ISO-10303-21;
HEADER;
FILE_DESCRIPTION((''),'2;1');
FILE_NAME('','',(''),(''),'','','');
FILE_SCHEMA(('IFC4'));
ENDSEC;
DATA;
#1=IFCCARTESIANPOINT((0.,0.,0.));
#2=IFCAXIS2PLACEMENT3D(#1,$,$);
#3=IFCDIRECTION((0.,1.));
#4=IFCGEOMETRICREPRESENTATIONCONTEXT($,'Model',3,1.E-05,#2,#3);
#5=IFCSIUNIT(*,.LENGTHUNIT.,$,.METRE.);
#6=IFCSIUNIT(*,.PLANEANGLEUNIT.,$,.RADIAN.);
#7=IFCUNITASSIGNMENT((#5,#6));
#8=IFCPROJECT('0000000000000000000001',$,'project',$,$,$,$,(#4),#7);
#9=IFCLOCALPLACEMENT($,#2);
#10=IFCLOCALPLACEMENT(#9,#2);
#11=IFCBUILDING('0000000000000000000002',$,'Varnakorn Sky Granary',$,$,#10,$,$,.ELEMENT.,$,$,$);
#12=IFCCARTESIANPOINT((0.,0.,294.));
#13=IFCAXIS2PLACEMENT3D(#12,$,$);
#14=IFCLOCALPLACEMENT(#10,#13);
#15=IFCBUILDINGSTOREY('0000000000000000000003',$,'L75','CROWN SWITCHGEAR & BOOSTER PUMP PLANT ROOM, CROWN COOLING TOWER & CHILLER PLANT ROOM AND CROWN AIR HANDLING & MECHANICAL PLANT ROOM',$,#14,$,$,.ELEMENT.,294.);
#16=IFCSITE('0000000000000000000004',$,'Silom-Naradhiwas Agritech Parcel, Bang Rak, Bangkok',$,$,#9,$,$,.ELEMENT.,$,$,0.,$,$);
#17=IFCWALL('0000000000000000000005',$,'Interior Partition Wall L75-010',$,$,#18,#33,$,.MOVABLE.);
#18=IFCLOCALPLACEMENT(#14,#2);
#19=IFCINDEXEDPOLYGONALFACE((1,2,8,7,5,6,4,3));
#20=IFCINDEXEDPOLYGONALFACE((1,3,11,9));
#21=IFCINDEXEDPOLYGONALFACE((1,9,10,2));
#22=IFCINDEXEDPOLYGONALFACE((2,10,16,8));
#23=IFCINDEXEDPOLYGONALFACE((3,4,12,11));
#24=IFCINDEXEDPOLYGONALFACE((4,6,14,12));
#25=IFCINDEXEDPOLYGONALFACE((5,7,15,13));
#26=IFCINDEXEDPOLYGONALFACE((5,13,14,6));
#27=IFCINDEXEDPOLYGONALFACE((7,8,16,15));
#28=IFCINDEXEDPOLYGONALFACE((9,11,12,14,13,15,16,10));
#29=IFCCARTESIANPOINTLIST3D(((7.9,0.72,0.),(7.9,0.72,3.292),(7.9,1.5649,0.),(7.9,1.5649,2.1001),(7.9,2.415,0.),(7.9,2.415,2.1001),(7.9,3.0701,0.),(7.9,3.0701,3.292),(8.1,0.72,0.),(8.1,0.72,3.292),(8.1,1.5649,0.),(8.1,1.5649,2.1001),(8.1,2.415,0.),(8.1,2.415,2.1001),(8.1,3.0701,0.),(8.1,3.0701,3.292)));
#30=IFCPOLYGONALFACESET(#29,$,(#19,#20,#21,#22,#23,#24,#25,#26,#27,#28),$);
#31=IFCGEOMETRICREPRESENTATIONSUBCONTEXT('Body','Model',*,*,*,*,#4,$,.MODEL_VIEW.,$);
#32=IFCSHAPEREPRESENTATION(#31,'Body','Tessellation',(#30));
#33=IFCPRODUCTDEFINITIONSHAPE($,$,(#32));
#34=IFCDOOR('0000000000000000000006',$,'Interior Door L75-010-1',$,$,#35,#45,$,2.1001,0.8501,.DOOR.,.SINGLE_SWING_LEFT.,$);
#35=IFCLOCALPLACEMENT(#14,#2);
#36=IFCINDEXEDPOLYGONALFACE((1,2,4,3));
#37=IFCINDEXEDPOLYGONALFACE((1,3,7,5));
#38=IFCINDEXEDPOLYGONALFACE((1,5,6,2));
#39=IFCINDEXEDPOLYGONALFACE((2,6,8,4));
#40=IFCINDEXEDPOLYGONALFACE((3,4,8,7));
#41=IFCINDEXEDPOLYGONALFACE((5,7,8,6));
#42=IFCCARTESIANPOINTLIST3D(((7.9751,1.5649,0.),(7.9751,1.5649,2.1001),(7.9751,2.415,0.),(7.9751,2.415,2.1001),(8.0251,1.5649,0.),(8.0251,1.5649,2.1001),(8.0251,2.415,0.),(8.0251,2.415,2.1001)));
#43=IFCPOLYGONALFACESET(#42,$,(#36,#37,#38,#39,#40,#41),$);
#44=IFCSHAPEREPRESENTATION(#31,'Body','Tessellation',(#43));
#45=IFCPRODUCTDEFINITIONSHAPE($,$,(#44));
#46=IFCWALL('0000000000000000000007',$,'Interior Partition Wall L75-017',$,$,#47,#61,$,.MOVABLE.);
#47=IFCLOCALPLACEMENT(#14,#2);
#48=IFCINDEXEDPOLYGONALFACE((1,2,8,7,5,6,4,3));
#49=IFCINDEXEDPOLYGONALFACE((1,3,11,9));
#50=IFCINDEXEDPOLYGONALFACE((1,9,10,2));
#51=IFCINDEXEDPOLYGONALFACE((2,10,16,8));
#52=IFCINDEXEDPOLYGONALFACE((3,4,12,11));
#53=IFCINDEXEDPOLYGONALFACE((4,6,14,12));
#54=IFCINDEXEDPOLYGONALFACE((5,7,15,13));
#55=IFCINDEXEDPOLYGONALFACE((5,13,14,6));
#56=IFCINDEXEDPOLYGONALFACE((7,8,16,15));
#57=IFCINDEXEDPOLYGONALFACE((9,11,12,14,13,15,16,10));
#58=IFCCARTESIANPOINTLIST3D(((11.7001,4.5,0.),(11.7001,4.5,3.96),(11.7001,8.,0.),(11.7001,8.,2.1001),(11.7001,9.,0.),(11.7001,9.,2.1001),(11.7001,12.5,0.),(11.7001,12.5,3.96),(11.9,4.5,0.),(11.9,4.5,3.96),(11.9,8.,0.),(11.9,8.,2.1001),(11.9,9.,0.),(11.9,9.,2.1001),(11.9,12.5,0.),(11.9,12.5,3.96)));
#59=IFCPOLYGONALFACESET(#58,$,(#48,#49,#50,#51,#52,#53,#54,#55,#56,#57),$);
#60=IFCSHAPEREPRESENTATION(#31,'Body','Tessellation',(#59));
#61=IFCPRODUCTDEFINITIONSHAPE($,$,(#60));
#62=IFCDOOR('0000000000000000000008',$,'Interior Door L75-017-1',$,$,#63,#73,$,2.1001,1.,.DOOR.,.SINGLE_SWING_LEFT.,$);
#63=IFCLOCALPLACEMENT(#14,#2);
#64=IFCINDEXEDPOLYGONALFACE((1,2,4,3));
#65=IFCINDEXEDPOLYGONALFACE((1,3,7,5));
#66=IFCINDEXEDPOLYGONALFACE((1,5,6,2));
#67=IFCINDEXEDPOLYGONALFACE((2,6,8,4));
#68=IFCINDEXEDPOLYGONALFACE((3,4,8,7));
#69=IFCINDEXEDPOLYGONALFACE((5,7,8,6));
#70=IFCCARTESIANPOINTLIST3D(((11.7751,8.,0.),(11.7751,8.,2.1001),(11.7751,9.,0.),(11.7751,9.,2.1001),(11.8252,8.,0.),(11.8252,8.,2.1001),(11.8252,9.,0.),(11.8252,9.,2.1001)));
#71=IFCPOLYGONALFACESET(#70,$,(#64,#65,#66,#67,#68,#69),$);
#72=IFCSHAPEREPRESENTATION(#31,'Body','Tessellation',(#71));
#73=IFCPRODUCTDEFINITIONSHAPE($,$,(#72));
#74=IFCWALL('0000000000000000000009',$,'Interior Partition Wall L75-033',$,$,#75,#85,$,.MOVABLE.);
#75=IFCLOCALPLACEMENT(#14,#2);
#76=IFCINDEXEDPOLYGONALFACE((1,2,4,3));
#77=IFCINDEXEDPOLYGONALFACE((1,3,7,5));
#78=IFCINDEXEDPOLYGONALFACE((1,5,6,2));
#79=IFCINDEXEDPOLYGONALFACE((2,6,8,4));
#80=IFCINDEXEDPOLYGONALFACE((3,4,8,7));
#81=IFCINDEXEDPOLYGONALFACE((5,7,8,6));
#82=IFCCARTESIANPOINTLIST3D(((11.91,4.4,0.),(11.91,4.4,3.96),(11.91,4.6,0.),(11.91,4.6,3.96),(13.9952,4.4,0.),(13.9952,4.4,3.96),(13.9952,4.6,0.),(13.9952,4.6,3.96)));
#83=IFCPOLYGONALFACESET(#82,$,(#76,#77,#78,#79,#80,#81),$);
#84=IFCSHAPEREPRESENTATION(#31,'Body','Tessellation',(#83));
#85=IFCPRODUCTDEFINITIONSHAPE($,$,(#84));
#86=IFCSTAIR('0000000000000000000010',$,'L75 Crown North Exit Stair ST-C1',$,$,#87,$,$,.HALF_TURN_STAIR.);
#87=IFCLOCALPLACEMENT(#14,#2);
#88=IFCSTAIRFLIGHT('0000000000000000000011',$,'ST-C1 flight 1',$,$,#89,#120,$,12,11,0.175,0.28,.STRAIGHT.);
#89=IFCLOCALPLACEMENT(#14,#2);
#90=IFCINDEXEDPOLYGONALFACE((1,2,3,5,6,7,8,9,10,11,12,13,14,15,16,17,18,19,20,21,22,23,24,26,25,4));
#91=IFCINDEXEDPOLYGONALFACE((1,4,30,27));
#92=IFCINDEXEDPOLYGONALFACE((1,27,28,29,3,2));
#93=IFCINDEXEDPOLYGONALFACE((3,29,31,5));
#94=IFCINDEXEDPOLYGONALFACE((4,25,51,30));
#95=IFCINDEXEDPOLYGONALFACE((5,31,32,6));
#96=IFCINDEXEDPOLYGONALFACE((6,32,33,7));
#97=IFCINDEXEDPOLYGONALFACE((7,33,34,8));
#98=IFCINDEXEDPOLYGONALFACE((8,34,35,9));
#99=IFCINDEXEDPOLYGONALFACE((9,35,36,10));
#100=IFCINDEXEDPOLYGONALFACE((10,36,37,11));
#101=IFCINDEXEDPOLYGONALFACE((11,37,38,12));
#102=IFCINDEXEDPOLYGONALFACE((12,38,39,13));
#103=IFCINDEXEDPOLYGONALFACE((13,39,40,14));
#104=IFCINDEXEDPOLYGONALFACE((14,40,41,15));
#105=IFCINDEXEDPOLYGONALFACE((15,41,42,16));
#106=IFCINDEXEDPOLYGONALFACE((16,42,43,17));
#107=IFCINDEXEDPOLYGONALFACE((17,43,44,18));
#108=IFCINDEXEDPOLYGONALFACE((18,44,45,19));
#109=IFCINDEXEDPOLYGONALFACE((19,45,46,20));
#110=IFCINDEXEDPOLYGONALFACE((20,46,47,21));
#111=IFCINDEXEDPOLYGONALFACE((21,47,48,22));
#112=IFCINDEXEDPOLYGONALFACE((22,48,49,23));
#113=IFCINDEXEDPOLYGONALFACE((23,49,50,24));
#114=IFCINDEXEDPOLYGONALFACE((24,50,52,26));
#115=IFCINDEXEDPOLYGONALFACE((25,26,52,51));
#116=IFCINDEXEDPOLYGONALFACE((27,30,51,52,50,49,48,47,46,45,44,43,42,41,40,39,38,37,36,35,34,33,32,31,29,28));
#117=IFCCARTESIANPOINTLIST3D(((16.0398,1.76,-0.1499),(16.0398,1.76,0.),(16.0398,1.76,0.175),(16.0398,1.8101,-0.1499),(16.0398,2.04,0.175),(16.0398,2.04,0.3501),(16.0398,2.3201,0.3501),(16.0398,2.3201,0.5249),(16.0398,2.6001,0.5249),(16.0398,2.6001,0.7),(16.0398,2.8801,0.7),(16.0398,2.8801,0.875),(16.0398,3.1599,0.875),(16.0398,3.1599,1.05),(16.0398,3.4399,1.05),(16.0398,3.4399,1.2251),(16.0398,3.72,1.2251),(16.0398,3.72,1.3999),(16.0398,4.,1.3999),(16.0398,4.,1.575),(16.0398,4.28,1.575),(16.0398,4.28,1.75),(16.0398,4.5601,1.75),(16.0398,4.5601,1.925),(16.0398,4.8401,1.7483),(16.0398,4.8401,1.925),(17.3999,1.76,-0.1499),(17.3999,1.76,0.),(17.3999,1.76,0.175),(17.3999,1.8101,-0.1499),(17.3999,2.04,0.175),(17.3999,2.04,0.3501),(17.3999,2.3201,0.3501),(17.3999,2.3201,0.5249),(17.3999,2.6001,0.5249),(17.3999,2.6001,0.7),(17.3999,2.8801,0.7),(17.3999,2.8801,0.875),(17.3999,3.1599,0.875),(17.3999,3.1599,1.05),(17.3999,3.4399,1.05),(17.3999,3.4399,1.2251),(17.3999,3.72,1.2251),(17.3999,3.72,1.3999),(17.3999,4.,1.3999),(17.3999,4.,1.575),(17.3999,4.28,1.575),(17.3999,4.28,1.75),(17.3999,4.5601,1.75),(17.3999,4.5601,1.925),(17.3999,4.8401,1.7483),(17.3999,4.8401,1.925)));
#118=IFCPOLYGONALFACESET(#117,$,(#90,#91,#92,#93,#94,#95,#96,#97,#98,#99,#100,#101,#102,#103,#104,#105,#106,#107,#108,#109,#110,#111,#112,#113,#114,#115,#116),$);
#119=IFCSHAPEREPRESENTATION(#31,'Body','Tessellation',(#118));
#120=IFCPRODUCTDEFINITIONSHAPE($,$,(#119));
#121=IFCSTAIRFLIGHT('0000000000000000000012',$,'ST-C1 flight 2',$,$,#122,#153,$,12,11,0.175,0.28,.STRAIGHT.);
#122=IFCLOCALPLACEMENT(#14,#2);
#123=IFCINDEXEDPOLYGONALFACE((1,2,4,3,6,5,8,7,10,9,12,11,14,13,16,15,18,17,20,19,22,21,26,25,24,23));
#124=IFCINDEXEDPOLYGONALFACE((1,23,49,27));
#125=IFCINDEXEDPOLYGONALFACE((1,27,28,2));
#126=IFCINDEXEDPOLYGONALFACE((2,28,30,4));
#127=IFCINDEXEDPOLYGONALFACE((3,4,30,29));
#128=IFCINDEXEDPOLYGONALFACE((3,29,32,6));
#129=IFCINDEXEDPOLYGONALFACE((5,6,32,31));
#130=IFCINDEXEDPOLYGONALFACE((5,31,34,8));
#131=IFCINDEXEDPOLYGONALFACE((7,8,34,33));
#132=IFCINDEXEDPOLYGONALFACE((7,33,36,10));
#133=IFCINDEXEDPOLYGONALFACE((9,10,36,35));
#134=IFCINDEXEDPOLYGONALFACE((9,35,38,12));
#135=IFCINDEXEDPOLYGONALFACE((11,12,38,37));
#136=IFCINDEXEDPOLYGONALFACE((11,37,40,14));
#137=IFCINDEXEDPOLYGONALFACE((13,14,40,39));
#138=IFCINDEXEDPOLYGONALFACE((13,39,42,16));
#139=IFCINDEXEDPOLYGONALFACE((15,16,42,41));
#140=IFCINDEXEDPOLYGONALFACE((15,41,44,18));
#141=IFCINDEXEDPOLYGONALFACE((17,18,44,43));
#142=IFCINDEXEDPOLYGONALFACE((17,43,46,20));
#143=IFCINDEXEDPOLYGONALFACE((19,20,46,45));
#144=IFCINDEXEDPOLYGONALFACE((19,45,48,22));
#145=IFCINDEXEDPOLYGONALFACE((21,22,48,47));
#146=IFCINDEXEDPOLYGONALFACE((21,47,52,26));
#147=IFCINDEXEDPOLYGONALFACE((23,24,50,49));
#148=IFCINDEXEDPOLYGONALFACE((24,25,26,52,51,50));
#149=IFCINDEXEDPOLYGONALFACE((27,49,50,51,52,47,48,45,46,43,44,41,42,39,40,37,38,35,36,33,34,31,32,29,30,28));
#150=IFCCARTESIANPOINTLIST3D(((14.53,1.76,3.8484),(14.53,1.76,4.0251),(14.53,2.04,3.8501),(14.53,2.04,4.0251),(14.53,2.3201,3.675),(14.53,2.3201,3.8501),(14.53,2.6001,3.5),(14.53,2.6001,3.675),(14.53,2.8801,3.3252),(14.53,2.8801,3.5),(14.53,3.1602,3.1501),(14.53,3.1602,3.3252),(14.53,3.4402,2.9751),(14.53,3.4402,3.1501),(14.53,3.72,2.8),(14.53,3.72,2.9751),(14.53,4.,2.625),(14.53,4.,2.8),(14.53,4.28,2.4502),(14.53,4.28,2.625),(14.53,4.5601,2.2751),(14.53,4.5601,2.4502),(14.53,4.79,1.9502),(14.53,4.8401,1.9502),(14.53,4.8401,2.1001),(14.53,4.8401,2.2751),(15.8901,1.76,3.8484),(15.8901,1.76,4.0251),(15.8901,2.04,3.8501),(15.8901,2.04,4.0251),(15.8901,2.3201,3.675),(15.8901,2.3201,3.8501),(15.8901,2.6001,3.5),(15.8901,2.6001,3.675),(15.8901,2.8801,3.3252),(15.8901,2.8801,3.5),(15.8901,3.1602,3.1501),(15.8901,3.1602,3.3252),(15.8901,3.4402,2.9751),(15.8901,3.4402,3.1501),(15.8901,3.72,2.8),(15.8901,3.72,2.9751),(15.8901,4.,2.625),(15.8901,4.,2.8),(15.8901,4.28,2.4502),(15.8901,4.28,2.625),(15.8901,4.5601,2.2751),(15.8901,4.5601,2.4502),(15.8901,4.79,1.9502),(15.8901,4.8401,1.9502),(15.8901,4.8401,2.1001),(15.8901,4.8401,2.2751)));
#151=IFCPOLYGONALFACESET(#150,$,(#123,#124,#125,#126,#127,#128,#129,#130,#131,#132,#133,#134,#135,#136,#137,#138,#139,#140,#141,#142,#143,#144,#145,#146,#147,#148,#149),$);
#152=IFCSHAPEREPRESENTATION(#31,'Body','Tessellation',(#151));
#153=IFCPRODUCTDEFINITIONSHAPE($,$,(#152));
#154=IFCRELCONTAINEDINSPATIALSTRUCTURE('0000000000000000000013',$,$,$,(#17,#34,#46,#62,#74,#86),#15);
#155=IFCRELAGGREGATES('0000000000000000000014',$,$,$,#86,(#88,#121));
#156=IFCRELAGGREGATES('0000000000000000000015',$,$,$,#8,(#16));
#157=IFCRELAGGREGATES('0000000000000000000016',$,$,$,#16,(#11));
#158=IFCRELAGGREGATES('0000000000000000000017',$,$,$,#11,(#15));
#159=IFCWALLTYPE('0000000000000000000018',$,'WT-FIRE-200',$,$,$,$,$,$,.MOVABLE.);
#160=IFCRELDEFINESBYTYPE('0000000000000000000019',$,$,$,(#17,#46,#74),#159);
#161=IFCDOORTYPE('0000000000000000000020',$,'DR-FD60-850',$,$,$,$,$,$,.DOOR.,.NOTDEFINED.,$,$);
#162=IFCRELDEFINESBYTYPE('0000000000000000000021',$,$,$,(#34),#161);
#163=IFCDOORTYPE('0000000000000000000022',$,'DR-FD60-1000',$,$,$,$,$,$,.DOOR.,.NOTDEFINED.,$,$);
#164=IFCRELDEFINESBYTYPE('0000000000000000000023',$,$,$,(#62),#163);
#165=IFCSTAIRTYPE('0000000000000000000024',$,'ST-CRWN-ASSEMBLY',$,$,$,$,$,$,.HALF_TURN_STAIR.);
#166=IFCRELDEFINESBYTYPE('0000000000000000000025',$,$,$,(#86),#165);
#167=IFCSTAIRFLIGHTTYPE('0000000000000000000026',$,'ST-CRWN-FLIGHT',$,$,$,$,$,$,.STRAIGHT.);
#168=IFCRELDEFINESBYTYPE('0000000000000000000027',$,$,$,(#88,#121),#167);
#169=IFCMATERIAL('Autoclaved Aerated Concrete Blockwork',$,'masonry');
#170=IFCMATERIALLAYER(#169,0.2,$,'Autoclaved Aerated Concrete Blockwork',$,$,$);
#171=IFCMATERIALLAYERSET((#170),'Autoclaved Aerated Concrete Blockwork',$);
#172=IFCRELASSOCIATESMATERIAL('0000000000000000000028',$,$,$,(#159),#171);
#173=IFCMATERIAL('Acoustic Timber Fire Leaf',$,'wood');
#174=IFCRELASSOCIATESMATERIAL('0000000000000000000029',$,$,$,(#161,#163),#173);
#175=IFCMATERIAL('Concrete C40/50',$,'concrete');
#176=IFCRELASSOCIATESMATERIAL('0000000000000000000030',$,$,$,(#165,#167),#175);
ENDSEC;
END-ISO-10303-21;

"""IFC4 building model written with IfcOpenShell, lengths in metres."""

from ifc_helpers import new_model, si_unit, direction, frame, frame_2d, origin, place, context, subcontext, project, spatial, polyline, rectangle, outline, extrude, material, layer, layer_set, type_object, element, fill, aggregate, save


model = new_model("IFC4")

# Units and contexts
model_context = context("Model", 3, precision=1e-05, world=origin(), true_north=direction((0.0, 1.0)))
body_context = subcontext(model_context, "Body", "Model", "MODEL_VIEW")
ifc_project = project(units=[si_unit("LENGTHUNIT", "METRE"), si_unit("PLANEANGLEUNIT", "RADIAN")], contexts=[model_context])

# Site, building, storey
site_placement = place(None, origin())
site = spatial("IfcSite", under=ifc_project, at=site_placement, Name="Silom-Naradhiwas Agritech Parcel, Bang Rak, Bangkok", CompositionType="ELEMENT", RefElevation=0.0)
building_placement = place(site_placement, origin())
building = spatial("IfcBuilding", under=site, at=building_placement, Name="Varnakorn Sky Granary", CompositionType="ELEMENT")
storey_placement = place(building_placement, frame((0.0, 0.0, 294.0)))
storey = spatial("IfcBuildingStorey", under=building, at=storey_placement, Name="L75", Description="CROWN SWITCHGEAR & BOOSTER PUMP PLANT ROOM, CROWN COOLING TOWER & CHILLER PLANT ROOM AND CROWN AIR HANDLING & MECHANICAL PLANT ROOM", CompositionType="ELEMENT", Elevation=294.0)

# Walls, openings, doors
ifc_material_1 = material(Name="Autoclaved Aerated Concrete Blockwork", Category="masonry")
ifc_layer_1 = layer(ifc_material_1, 0.2, Name="Autoclaved Aerated Concrete Blockwork")
ifc_layer_set_1 = layer_set([ifc_layer_1], Name="Autoclaved Aerated Concrete Blockwork")
wall_type_1 = type_object("IfcWallType", Name="WT-FIRE-200", PredefinedType="MOVABLE", material=ifc_layer_set_1)
wall_1_placement = place(storey_placement, frame((8.0, 0.72, 0.0), z_axis=(0.0, 0.0, 1.0), x_axis=(0.0, 1.0, 0.0)))
wall_1 = element("IfcWall", 1, at=wall_1_placement, inside=storey, type_object=wall_type_1, Name="Interior Partition Wall L75-010", PredefinedType="MOVABLE", context=body_context, shape_type="SweptSolid", body=[
    extrude(rectangle(XDim=2.3501, YDim=0.2, at=frame_2d((1.175, 0.0))), origin(), (0.0, 0.0, 1.0), 3.292),
])
opening_1_placement = place(wall_1_placement, frame((0.845, 0.0, 0.0)))
opening_1 = element("IfcOpeningElement", 2, at=opening_1_placement, cuts=wall_1, PredefinedType="OPENING", context=body_context, shape_type="SweptSolid", body=[
    extrude(rectangle(XDim=0.8501, YDim=2.1001, at=frame_2d((0.425, 1.05))), frame((0.0, 0.1099, 0.0), z_axis=(0.0, -1.0, 0.0), x_axis=(1.0, 0.0, 0.0)), (0.0, 0.0, 1.0), 0.22),
])
ifc_material_2 = material(Name="Acoustic Timber Fire Leaf", Category="wood")
door_type_1 = type_object("IfcDoorType", Name="DR-FD60-850", OperationType="NOTDEFINED", PredefinedType="DOOR", material=ifc_material_2)
door_1_placement = place(opening_1_placement, origin())
door_1 = element("IfcDoor", 3, at=door_1_placement, inside=storey, type_object=door_type_1, Name="Interior Door L75-010-1", OperationType="SINGLE_SWING_LEFT", OverallHeight=2.1001, OverallWidth=0.8501, PredefinedType="DOOR", context=body_context, shape_type="SweptSolid", body=[
    extrude(rectangle(XDim=0.8501, YDim=2.1001, at=frame_2d((0.425, 1.05))), frame((0.0, 0.0249, 0.0), z_axis=(0.0, -1.0, 0.0), x_axis=(1.0, 0.0, 0.0)), (0.0, 0.0, 1.0), 0.05),
])
fill(opening_1, door_1)
wall_2_placement = place(storey_placement, frame((11.8, 4.5, 0.0), z_axis=(0.0, 0.0, 1.0), x_axis=(0.0, 1.0, 0.0)))
wall_2 = element("IfcWall", 4, at=wall_2_placement, inside=storey, type_object=wall_type_1, Name="Interior Partition Wall L75-017", PredefinedType="MOVABLE", context=body_context, shape_type="SweptSolid", body=[
    extrude(rectangle(XDim=8.0, YDim=0.2, at=frame_2d((4.0, 0.0))), origin(), (0.0, 0.0, 1.0), 3.96),
])
opening_2_placement = place(wall_2_placement, frame((3.5, 0.0, 0.0)))
opening_2 = element("IfcOpeningElement", 5, at=opening_2_placement, cuts=wall_2, PredefinedType="OPENING", context=body_context, shape_type="SweptSolid", body=[
    extrude(rectangle(XDim=1.0, YDim=2.1001, at=frame_2d((0.5, 1.05))), frame((0.0, 0.1099, 0.0), z_axis=(0.0, -1.0, 0.0), x_axis=(1.0, 0.0, 0.0)), (0.0, 0.0, 1.0), 0.22),
])
door_type_2 = type_object("IfcDoorType", Name="DR-FD60-1000", OperationType="NOTDEFINED", PredefinedType="DOOR", material=ifc_material_2)
door_2_placement = place(opening_2_placement, origin())
door_2 = element("IfcDoor", 6, at=door_2_placement, inside=storey, type_object=door_type_2, Name="Interior Door L75-017-1", OperationType="SINGLE_SWING_LEFT", OverallHeight=2.1001, OverallWidth=1.0, PredefinedType="DOOR", context=body_context, shape_type="SweptSolid", body=[
    extrude(rectangle(XDim=1.0, YDim=2.1001, at=frame_2d((0.5, 1.05))), frame((0.0, 0.0249, 0.0), z_axis=(0.0, -1.0, 0.0), x_axis=(1.0, 0.0, 0.0)), (0.0, 0.0, 1.0), 0.05),
])
fill(opening_2, door_2)

# Wall
wall_3_placement = place(storey_placement, frame((13.9951, 4.5, 0.0), z_axis=(0.0, 0.0, 1.0), x_axis=(-1.0, 0.0, 0.0)))
element("IfcWall", 7, at=wall_3_placement, inside=storey, type_object=wall_type_1, Name="Interior Partition Wall L75-033", PredefinedType="MOVABLE", context=body_context, shape_type="SweptSolid", body=[
    extrude(rectangle(XDim=2.0852, YDim=0.2, at=frame_2d((1.0425, 0.0))), origin(), (0.0, 0.0, 1.0), 3.96),
])

# Stair, stair flights
ifc_material_3 = material(Name="Concrete C40/50", Category="concrete")
stair_type = type_object("IfcStairType", Name="ST-CRWN-ASSEMBLY", PredefinedType="HALF_TURN_STAIR", material=ifc_material_3)
stair_placement = place(storey_placement, origin())
stair = element("IfcStair", 8, at=stair_placement, inside=storey, type_object=stair_type, Name="L75 Crown North Exit Stair ST-C1", PredefinedType="HALF_TURN_STAIR")
stair_flight_type = type_object("IfcStairFlightType", Name="ST-CRWN-FLIGHT", PredefinedType="STRAIGHT", material=ifc_material_3)
stair_flight_1_placement = place(storey_placement, frame((16.72, 1.76, 0.0), z_axis=(0.0, 0.0, 1.0), x_axis=(0.0, 1.0, 0.0)))
stair_flight_1 = element("IfcStairFlight", 9, at=stair_flight_1_placement, type_object=stair_flight_type, Name="ST-C1 flight 1", NumberOfRisers=12, NumberOfTreads=11, PredefinedType="STRAIGHT", RiserHeight=0.175, TreadLength=0.28, context=body_context, shape_type="SweptSolid", body=[
    extrude(outline(polyline([(0.0, -0.1499), (0.0, 0.0), (0.0, 0.175), (0.28, 0.175), (0.28, 0.3501), (0.5601, 0.3501), (0.5601, 0.5249), (0.8401, 0.5249), (0.8401, 0.7), (1.1201, 0.7), (1.1201, 0.875), (1.3999, 0.875), (1.3999, 1.05), (1.6799, 1.05), (1.6799, 1.2251), (1.96, 1.2251), (1.96, 1.3999), (2.24, 1.3999), (2.24, 1.575), (2.52, 1.575), (2.52, 1.75), (2.8, 1.75), (2.8, 1.925), (3.0801, 1.925), (3.0801, 2.1001), (3.0801, 1.7483), (0.05, -0.1499), (0.0, -0.1499)])), frame((0.0, 0.6802, 0.0), z_axis=(0.0, -1.0, 0.0), x_axis=(1.0, 0.0, 0.0)), (0.0, 0.0, 1.0), 1.3601),
])
stair_flight_2_placement = place(storey_placement, frame((15.21, 4.8401, 2.1001), z_axis=(0.0, 0.0, 1.0), x_axis=(0.0, -1.0, 0.0)))
stair_flight_2 = element("IfcStairFlight", 10, at=stair_flight_2_placement, type_object=stair_flight_type, Name="ST-C1 flight 2", NumberOfRisers=12, NumberOfTreads=11, PredefinedType="STRAIGHT", RiserHeight=0.175, TreadLength=0.28, context=body_context, shape_type="SweptSolid", body=[
    extrude(outline(polyline([(0.0, -0.1499), (0.0, 0.0), (0.0, 0.175), (0.28, 0.175), (0.28, 0.3501), (0.5601, 0.3501), (0.5601, 0.5249), (0.8401, 0.5249), (0.8401, 0.7), (1.1201, 0.7), (1.1201, 0.875), (1.3999, 0.875), (1.3999, 1.05), (1.6799, 1.05), (1.6799, 1.2251), (1.96, 1.2251), (1.96, 1.3999), (2.24, 1.3999), (2.24, 1.575), (2.52, 1.575), (2.52, 1.75), (2.8, 1.75), (2.8, 1.925), (3.0801, 1.925), (3.0801, 2.1001), (3.0801, 1.7483), (0.05, -0.1499), (0.0, -0.1499)])), frame((0.0, 0.6802, 0.0), z_axis=(0.0, -1.0, 0.0), x_axis=(1.0, 0.0, 0.0)), (0.0, 0.0, 1.0), 1.3601),
])
aggregate(stair, [stair_flight_1, stair_flight_2])

save(model, "model.ifc")
